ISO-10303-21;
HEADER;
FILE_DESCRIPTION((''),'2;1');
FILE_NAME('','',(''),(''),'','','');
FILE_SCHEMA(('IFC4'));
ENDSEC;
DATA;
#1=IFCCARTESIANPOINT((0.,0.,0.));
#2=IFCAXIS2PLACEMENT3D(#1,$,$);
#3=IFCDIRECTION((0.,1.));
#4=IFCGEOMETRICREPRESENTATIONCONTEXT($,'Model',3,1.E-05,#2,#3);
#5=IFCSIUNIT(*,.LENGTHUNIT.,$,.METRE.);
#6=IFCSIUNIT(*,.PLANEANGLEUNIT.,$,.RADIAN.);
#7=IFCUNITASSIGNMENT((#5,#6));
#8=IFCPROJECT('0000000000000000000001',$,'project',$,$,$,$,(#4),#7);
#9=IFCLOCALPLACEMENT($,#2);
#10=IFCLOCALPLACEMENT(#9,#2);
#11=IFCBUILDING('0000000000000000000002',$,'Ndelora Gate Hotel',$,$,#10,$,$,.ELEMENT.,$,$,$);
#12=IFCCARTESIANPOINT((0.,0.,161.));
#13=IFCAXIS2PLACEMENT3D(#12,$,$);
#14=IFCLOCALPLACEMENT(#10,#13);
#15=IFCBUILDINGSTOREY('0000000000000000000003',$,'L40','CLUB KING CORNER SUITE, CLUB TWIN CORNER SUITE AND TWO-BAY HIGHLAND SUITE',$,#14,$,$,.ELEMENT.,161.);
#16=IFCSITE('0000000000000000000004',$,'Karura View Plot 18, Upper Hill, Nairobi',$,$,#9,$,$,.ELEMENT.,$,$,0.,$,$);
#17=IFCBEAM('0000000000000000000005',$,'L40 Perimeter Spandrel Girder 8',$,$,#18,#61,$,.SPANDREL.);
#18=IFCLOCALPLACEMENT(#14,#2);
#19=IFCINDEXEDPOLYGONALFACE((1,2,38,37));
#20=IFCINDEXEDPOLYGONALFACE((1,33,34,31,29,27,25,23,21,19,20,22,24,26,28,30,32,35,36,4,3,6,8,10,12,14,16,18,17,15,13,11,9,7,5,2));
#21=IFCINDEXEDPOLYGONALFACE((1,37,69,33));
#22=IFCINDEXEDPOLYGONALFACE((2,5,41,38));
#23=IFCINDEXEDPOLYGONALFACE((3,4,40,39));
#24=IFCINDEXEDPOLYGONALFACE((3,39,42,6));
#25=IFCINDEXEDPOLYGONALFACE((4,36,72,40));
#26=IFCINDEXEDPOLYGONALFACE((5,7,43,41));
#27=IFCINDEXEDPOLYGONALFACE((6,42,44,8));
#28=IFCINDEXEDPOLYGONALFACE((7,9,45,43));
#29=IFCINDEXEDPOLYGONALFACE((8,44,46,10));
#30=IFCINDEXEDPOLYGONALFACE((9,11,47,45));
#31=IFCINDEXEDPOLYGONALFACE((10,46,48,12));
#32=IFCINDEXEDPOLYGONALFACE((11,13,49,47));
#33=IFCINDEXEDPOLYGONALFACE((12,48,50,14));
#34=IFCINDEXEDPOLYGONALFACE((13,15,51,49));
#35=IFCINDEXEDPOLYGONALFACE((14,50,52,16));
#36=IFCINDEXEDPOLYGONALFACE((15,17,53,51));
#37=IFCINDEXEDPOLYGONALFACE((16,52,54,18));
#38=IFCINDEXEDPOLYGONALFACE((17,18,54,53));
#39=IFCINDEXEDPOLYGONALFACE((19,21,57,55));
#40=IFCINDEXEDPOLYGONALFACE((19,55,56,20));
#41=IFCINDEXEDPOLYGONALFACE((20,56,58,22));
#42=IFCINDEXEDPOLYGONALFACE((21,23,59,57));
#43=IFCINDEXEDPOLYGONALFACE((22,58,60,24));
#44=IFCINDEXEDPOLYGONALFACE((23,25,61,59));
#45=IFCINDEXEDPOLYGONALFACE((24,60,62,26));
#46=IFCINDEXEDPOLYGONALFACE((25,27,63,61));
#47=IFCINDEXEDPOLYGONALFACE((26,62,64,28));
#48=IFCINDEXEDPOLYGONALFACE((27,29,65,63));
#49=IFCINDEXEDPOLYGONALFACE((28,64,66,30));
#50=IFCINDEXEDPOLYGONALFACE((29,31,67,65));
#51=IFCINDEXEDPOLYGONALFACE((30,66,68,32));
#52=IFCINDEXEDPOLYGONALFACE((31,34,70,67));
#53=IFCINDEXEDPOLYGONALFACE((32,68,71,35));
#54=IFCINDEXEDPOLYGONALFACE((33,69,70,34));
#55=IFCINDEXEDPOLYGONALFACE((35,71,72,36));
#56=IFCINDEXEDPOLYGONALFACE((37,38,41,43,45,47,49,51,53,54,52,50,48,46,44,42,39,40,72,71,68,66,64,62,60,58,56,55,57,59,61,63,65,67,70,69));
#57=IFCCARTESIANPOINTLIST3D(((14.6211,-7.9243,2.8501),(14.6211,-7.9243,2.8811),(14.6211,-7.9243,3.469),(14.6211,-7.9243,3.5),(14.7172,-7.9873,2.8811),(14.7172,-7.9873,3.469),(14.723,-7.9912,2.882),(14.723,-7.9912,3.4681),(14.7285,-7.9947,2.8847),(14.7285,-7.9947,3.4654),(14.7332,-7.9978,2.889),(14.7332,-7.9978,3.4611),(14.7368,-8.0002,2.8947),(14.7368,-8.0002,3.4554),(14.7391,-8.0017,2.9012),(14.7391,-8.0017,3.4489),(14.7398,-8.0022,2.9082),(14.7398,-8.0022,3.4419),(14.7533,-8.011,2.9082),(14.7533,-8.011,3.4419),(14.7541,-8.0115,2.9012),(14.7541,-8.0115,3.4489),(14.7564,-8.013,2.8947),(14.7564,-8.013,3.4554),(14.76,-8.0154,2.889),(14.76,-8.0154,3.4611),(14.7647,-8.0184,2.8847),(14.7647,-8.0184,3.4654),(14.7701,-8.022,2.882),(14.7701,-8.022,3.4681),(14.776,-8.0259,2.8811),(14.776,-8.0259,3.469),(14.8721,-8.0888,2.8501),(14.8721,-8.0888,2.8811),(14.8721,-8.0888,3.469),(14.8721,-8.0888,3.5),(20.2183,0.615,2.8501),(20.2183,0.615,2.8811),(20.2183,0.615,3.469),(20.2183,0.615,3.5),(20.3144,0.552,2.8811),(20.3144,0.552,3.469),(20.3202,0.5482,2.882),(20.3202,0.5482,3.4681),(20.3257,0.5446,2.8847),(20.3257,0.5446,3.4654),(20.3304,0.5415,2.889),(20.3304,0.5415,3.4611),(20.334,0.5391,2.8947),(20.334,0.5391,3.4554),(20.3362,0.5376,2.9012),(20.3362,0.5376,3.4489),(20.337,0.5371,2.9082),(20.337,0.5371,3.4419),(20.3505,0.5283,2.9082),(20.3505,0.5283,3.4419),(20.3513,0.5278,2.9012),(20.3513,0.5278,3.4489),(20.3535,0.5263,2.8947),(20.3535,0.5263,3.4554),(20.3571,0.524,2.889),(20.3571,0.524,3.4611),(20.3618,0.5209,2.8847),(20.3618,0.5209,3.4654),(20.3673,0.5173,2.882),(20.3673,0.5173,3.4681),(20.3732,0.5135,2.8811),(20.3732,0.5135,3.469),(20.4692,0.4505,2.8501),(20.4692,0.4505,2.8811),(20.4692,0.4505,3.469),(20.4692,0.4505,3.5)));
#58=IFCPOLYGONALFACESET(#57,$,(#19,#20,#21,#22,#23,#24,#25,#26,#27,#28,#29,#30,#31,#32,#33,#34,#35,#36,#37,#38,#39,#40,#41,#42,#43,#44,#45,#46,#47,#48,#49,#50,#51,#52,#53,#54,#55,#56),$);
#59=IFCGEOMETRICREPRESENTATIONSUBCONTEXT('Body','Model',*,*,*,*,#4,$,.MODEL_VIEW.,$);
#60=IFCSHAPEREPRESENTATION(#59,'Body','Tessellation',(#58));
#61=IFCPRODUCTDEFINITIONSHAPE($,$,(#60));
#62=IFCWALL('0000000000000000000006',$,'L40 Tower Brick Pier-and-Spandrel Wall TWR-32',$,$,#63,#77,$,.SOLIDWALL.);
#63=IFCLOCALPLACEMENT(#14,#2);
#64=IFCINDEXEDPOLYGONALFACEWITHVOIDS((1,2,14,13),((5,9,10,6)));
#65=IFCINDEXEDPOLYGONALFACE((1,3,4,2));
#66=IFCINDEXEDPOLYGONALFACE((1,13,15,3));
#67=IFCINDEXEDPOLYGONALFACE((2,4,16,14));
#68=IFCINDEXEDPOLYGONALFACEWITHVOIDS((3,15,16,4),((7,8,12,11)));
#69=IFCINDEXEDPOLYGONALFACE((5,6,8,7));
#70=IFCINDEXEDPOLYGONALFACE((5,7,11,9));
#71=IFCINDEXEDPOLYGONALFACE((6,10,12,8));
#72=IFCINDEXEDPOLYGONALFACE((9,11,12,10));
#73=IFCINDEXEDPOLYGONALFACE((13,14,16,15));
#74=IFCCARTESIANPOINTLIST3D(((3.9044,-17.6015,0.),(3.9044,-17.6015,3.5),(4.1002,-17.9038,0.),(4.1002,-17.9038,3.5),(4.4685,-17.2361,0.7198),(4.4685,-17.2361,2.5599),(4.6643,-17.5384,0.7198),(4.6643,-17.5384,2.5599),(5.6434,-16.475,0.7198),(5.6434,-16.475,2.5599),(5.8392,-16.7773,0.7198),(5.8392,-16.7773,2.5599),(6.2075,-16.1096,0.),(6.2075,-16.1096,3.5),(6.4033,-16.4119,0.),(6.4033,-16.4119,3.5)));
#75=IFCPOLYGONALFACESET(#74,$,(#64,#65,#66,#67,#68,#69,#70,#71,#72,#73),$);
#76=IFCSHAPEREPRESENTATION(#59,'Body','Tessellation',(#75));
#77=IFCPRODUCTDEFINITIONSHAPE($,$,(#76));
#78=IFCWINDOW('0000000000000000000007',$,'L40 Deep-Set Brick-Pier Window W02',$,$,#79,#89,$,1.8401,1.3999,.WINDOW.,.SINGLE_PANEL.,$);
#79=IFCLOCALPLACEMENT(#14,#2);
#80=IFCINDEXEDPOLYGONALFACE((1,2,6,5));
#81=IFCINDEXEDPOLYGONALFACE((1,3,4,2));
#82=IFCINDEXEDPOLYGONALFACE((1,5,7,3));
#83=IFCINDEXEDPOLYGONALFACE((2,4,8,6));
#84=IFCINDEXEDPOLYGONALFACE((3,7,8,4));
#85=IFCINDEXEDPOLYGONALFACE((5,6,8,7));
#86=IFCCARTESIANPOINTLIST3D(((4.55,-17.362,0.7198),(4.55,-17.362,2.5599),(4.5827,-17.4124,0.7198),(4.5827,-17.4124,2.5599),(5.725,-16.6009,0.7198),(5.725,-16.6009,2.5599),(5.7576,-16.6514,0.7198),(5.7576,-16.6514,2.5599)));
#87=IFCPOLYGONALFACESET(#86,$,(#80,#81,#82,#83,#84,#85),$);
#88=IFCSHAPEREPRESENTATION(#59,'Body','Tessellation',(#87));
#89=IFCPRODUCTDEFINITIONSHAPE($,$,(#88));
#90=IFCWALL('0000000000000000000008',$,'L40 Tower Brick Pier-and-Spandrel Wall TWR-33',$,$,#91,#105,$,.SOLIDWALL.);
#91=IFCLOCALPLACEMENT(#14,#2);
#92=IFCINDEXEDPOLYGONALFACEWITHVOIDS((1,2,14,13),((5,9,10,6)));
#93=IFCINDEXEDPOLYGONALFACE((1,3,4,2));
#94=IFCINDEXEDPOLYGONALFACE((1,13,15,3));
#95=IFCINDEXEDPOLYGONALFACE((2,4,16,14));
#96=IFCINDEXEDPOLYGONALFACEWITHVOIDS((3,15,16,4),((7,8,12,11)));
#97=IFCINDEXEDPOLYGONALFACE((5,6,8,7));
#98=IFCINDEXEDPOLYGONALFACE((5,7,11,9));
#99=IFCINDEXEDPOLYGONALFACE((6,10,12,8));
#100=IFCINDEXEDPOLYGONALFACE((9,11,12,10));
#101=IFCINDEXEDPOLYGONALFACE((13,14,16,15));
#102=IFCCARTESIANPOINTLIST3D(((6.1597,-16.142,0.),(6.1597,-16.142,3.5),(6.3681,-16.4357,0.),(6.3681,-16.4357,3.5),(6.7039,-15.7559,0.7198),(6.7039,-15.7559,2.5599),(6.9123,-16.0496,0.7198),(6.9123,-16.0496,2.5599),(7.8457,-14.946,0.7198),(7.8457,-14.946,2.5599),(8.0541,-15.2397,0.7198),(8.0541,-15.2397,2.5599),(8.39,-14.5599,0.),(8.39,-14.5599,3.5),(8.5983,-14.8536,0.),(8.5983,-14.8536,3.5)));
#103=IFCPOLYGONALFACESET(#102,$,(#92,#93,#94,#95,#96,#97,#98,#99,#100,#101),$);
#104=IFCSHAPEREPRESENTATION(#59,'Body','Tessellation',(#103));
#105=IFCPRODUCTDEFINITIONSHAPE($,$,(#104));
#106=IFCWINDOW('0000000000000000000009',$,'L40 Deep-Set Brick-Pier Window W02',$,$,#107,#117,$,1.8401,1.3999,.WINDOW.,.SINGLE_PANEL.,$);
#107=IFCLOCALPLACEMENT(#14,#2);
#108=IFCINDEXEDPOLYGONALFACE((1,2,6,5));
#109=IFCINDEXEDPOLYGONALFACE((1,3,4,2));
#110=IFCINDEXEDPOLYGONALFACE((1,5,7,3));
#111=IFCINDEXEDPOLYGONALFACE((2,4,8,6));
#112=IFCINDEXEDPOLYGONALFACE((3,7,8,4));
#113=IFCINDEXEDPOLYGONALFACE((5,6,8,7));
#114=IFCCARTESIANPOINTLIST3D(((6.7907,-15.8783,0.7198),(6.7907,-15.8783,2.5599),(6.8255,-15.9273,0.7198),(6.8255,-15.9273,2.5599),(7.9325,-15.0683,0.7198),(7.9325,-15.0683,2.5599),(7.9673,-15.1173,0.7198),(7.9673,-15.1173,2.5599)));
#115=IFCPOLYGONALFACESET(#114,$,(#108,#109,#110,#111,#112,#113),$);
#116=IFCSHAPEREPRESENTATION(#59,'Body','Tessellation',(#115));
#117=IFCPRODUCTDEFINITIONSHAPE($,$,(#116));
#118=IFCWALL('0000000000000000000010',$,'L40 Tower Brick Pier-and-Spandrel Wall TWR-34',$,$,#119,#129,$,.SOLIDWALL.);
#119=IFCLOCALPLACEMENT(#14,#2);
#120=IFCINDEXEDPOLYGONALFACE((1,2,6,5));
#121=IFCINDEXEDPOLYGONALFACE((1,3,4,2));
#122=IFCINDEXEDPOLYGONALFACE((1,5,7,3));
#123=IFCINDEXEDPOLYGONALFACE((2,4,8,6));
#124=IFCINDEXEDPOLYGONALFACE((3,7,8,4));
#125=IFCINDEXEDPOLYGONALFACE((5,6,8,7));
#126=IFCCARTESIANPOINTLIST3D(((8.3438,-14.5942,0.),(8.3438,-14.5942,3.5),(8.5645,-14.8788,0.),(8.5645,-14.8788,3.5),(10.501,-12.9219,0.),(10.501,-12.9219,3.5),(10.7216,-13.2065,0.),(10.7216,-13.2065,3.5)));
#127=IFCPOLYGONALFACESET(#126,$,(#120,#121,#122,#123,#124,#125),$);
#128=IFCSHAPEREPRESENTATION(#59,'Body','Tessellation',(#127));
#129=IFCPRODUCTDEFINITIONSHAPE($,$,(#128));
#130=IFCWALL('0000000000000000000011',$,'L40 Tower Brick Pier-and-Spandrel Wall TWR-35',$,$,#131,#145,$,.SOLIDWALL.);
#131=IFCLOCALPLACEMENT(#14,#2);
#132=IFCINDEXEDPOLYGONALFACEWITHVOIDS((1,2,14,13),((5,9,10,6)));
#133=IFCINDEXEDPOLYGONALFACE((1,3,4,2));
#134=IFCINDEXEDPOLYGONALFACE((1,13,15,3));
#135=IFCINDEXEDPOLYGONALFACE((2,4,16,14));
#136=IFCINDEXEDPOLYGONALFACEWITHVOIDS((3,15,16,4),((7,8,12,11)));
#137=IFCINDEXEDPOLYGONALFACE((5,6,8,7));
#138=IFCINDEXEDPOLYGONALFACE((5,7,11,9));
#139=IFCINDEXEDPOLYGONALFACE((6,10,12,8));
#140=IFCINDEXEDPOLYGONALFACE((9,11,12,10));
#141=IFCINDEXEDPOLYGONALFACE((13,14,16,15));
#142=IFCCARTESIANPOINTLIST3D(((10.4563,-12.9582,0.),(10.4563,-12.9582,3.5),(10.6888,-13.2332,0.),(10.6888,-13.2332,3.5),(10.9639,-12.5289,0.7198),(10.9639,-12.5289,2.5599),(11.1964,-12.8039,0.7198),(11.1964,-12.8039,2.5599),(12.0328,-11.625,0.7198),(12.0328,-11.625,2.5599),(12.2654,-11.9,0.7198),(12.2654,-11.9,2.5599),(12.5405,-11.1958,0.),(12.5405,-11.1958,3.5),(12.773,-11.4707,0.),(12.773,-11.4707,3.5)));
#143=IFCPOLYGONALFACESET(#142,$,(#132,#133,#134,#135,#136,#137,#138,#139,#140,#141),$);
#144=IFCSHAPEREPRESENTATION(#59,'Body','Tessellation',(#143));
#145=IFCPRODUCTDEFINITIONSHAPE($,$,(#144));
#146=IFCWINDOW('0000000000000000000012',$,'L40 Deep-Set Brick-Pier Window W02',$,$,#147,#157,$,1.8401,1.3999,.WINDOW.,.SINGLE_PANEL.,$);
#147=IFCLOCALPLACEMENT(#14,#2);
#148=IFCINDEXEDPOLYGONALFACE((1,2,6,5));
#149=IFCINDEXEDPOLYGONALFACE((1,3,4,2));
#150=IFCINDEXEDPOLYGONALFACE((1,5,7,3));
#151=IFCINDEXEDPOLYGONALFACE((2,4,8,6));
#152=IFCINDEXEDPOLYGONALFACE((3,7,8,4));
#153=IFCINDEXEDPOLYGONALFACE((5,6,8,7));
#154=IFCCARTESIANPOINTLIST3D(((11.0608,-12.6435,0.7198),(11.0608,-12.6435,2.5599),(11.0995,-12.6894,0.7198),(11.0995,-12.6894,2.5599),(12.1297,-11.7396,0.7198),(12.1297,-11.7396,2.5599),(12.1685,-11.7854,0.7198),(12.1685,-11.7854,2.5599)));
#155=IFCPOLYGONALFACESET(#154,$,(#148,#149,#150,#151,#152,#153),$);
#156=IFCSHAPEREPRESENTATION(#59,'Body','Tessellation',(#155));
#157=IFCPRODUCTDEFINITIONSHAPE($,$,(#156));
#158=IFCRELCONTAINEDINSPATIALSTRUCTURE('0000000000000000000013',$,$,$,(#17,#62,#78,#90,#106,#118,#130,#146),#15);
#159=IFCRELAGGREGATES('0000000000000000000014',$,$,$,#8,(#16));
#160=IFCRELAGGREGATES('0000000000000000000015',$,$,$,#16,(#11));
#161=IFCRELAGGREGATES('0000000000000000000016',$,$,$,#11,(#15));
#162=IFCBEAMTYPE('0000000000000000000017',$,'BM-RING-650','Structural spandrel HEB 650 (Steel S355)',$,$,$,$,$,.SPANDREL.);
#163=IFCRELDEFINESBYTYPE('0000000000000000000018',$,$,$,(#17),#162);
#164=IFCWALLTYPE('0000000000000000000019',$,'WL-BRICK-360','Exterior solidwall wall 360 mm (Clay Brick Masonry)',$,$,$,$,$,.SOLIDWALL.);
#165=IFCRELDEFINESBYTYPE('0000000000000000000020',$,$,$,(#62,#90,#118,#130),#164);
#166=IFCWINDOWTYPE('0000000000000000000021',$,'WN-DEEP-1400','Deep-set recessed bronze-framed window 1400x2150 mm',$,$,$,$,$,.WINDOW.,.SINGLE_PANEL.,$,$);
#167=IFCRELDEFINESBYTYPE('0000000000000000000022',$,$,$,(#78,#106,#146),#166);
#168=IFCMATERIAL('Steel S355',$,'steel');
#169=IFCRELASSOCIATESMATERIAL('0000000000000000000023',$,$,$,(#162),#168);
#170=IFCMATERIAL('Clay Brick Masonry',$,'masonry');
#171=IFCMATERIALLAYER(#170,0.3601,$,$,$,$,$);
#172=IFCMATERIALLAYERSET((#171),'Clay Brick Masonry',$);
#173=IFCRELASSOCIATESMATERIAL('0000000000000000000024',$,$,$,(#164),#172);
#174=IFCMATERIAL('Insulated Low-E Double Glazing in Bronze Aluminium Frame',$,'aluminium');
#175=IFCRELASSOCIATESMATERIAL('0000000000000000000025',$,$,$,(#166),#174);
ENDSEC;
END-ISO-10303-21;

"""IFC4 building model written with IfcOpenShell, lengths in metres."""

from ifc_helpers import new_model, si_unit, direction, frame, frame_2d, origin, origin_2d, place, context, subcontext, project, spatial, rectangle, i_section, extrude, material, layer, layer_set, material_profile, profile_set, type_object, element, fill, save


model = new_model("IFC4")

# Units and contexts
model_context = context("Model", 3, precision=1e-05, world=origin(), true_north=direction((0.0, 1.0)))
body_context = subcontext(model_context, "Body", "Model", "MODEL_VIEW")
ifc_project = project(units=[si_unit("LENGTHUNIT", "METRE"), si_unit("PLANEANGLEUNIT", "RADIAN")], contexts=[model_context])

# Site, building, storey
site_placement = place(None, origin())
site = spatial("IfcSite", under=ifc_project, at=site_placement, Name="Karura View Plot 18, Upper Hill, Nairobi", CompositionType="ELEMENT", RefElevation=0.0)
building_placement = place(site_placement, origin())
building = spatial("IfcBuilding", under=site, at=building_placement, Name="Ndelora Gate Hotel", CompositionType="ELEMENT")
storey_placement = place(building_placement, frame((0.0, 0.0, 161.0)))
storey = spatial("IfcBuildingStorey", under=building, at=storey_placement, Name="L40", Description="CLUB KING CORNER SUITE, CLUB TWIN CORNER SUITE AND TWO-BAY HIGHLAND SUITE", CompositionType="ELEMENT", Elevation=161.0)

# Beam
ifc_material_1 = material(Name="Steel S355", Category="steel")
ifc_material_profile_1 = material_profile(ifc_material_1, i_section(OverallWidth=0.3, OverallDepth=0.6499, WebThickness=0.0161, FlangeThickness=0.031, FilletRadius=0.0271, at=origin_2d()), Name="HEB 650")
ifc_profile_set_1 = profile_set([ifc_material_profile_1], Name="Steel S355")
beam_type_1 = type_object("IfcBeamType", Name="BM-RING-650", Description="Structural spandrel HEB 650 (Steel S355)", PredefinedType="SPANDREL", material=ifc_profile_set_1)
beam_1_placement = place(storey_placement, frame((14.7466, -8.0066, 3.175), z_axis=(0.548194, 0.836351, 0.0), x_axis=(-0.836351, 0.548194, 0.0)))
element("IfcBeam", 1, at=beam_1_placement, inside=storey, type_object=beam_type_1, Name="L40 Perimeter Spandrel Girder 8", PredefinedType="SPANDREL", context=body_context, shape_type="SweptSolid", body=[
    extrude(i_section(OverallWidth=0.3, OverallDepth=0.6499, WebThickness=0.0161, FlangeThickness=0.031, FilletRadius=0.0271, at=origin_2d()), origin(), (0.0, 0.0, 1.0), 10.2102),
])

# Walls, openings, windows
ifc_material_2 = material(Name="Clay Brick Masonry", Category="masonry")
ifc_layer_1 = layer(ifc_material_2, 0.3601)
ifc_layer_set_1 = layer_set([ifc_layer_1], Name="Clay Brick Masonry")
wall_type_1 = type_object("IfcWallType", Name="WL-BRICK-360", Description="Exterior solidwall wall 360 mm (Clay Brick Masonry)", PredefinedType="SOLIDWALL", material=ifc_layer_set_1)
wall_1_placement = place(storey_placement, frame((6.3054, -16.2607, 0.0), z_axis=(0.0, 0.0, 1.0), x_axis=(-0.8393, -0.543668, 0.0)))
wall_1 = element("IfcWall", 2, at=wall_1_placement, inside=storey, type_object=wall_type_1, Name="L40 Tower Brick Pier-and-Spandrel Wall TWR-32", PredefinedType="SOLIDWALL", context=body_context, shape_type="SweptSolid", body=[
    extrude(rectangle(XDim=2.7441, YDim=0.3601, at=frame_2d((1.3721, 0.0))), origin(), (0.0, 0.0, 1.0), 3.5),
])
opening_1_placement = place(wall_1_placement, frame((0.6721, 0.0, 0.72)))
opening_1 = element("IfcOpeningElement", 3, at=opening_1_placement, cuts=wall_1, PredefinedType="OPENING", context=body_context, shape_type="SweptSolid", body=[
    extrude(rectangle(XDim=1.3999, YDim=1.8401, at=frame_2d((0.7, 0.9199))), frame((0.0, 0.1899, 0.0), z_axis=(0.0, -1.0, 0.0), x_axis=(1.0, 0.0, 0.0)), (0.0, 0.0, 1.0), 0.3801),
])
ifc_material_3 = material(Name="Insulated Low-E Double Glazing in Bronze Aluminium Frame", Category="aluminium")
window_type = type_object("IfcWindowType", Name="WN-DEEP-1400", Description="Deep-set recessed bronze-framed window 1400x2150 mm", PartitioningType="SINGLE_PANEL", PredefinedType="WINDOW", material=ifc_material_3)
window_1_placement = place(opening_1_placement, origin())
window_1 = element("IfcWindow", 4, at=window_1_placement, inside=storey, type_object=window_type, Name="L40 Deep-Set Brick-Pier Window W02", OverallHeight=1.8401, OverallWidth=1.3999, PartitioningType="SINGLE_PANEL", PredefinedType="WINDOW", context=body_context, shape_type="SweptSolid", body=[
    extrude(rectangle(XDim=1.3999, YDim=1.8401, at=frame_2d((0.7, 0.9199))), frame((0.0, 0.03, 0.0), z_axis=(0.0, -1.0, 0.0), x_axis=(1.0, 0.0, 0.0)), (0.0, 0.0, 1.0), 0.0601),
])
fill(opening_1, window_1)
wall_2_placement = place(storey_placement, frame((8.4941, -14.7068, 0.0), z_axis=(0.0, 0.0, 1.0), x_axis=(-0.815629, -0.578575, 0.0)))
wall_2 = element("IfcWall", 5, at=wall_2_placement, inside=storey, type_object=wall_type_1, Name="L40 Tower Brick Pier-and-Spandrel Wall TWR-33", PredefinedType="SOLIDWALL", context=body_context, shape_type="SweptSolid", body=[
    extrude(rectangle(XDim=2.7344, YDim=0.3601, at=frame_2d((1.3672, 0.0))), origin(), (0.0, 0.0, 1.0), 3.5),
])
opening_2_placement = place(wall_2_placement, frame((0.6672, 0.0, 0.72)))
opening_2 = element("IfcOpeningElement", 6, at=opening_2_placement, cuts=wall_2, PredefinedType="OPENING", context=body_context, shape_type="SweptSolid", body=[
    extrude(rectangle(XDim=1.3999, YDim=1.8401, at=frame_2d((0.7, 0.9199))), frame((0.0, 0.1899, 0.0), z_axis=(0.0, -1.0, 0.0), x_axis=(1.0, 0.0, 0.0)), (0.0, 0.0, 1.0), 0.3801),
])
window_2_placement = place(opening_2_placement, origin())
window_2 = element("IfcWindow", 7, at=window_2_placement, inside=storey, type_object=window_type, Name="L40 Deep-Set Brick-Pier Window W02", OverallHeight=1.8401, OverallWidth=1.3999, PartitioningType="SINGLE_PANEL", PredefinedType="WINDOW", context=body_context, shape_type="SweptSolid", body=[
    extrude(rectangle(XDim=1.3999, YDim=1.8401, at=frame_2d((0.7, 0.9199))), frame((0.0, 0.03, 0.0), z_axis=(0.0, -1.0, 0.0), x_axis=(1.0, 0.0, 0.0)), (0.0, 0.0, 1.0), 0.0601),
])
fill(opening_2, window_2)

# Wall
wall_3_placement = place(storey_placement, frame((10.6113, -13.0642, 0.0), z_axis=(0.0, 0.0, 1.0), x_axis=(-0.790324, -0.612689, 0.0)))
element("IfcWall", 8, at=wall_3_placement, inside=storey, type_object=wall_type_1, Name="L40 Tower Brick Pier-and-Spandrel Wall TWR-34", PredefinedType="SOLIDWALL", context=body_context, shape_type="SweptSolid", body=[
    extrude(rectangle(XDim=2.7295, YDim=0.3601, at=frame_2d((1.3647, 0.0))), origin(), (0.0, 0.0, 1.0), 3.5),
])

# Wall, opening, window
wall_4_placement = place(storey_placement, frame((12.6567, -11.3333, 0.0), z_axis=(0.0, 0.0, 1.0), x_axis=(-0.76359, -0.645702, 0.0)))
wall_4 = element("IfcWall", 9, at=wall_4_placement, inside=storey, type_object=wall_type_1, Name="L40 Tower Brick Pier-and-Spandrel Wall TWR-35", PredefinedType="SOLIDWALL", context=body_context, shape_type="SweptSolid", body=[
    extrude(rectangle(XDim=2.7295, YDim=0.3601, at=frame_2d((1.3647, 0.0))), origin(), (0.0, 0.0, 1.0), 3.5),
])
opening_3_placement = place(wall_4_placement, frame((0.6648, 0.0, 0.72)))
opening_3 = element("IfcOpeningElement", 10, at=opening_3_placement, cuts=wall_4, PredefinedType="OPENING", context=body_context, shape_type="SweptSolid", body=[
    extrude(rectangle(XDim=1.3999, YDim=1.8401, at=frame_2d((0.7, 0.9199))), frame((0.0, 0.1899, 0.0), z_axis=(0.0, -1.0, 0.0), x_axis=(1.0, 0.0, 0.0)), (0.0, 0.0, 1.0), 0.3801),
])
window_3_placement = place(opening_3_placement, origin())
window_3 = element("IfcWindow", 11, at=window_3_placement, inside=storey, type_object=window_type, Name="L40 Deep-Set Brick-Pier Window W02", OverallHeight=1.8401, OverallWidth=1.3999, PartitioningType="SINGLE_PANEL", PredefinedType="WINDOW", context=body_context, shape_type="SweptSolid", body=[
    extrude(rectangle(XDim=1.3999, YDim=1.8401, at=frame_2d((0.7, 0.9199))), frame((0.0, 0.03, 0.0), z_axis=(0.0, -1.0, 0.0), x_axis=(1.0, 0.0, 0.0)), (0.0, 0.0, 1.0), 0.0601),
])
fill(opening_3, window_3)

save(model, "model.ifc")
